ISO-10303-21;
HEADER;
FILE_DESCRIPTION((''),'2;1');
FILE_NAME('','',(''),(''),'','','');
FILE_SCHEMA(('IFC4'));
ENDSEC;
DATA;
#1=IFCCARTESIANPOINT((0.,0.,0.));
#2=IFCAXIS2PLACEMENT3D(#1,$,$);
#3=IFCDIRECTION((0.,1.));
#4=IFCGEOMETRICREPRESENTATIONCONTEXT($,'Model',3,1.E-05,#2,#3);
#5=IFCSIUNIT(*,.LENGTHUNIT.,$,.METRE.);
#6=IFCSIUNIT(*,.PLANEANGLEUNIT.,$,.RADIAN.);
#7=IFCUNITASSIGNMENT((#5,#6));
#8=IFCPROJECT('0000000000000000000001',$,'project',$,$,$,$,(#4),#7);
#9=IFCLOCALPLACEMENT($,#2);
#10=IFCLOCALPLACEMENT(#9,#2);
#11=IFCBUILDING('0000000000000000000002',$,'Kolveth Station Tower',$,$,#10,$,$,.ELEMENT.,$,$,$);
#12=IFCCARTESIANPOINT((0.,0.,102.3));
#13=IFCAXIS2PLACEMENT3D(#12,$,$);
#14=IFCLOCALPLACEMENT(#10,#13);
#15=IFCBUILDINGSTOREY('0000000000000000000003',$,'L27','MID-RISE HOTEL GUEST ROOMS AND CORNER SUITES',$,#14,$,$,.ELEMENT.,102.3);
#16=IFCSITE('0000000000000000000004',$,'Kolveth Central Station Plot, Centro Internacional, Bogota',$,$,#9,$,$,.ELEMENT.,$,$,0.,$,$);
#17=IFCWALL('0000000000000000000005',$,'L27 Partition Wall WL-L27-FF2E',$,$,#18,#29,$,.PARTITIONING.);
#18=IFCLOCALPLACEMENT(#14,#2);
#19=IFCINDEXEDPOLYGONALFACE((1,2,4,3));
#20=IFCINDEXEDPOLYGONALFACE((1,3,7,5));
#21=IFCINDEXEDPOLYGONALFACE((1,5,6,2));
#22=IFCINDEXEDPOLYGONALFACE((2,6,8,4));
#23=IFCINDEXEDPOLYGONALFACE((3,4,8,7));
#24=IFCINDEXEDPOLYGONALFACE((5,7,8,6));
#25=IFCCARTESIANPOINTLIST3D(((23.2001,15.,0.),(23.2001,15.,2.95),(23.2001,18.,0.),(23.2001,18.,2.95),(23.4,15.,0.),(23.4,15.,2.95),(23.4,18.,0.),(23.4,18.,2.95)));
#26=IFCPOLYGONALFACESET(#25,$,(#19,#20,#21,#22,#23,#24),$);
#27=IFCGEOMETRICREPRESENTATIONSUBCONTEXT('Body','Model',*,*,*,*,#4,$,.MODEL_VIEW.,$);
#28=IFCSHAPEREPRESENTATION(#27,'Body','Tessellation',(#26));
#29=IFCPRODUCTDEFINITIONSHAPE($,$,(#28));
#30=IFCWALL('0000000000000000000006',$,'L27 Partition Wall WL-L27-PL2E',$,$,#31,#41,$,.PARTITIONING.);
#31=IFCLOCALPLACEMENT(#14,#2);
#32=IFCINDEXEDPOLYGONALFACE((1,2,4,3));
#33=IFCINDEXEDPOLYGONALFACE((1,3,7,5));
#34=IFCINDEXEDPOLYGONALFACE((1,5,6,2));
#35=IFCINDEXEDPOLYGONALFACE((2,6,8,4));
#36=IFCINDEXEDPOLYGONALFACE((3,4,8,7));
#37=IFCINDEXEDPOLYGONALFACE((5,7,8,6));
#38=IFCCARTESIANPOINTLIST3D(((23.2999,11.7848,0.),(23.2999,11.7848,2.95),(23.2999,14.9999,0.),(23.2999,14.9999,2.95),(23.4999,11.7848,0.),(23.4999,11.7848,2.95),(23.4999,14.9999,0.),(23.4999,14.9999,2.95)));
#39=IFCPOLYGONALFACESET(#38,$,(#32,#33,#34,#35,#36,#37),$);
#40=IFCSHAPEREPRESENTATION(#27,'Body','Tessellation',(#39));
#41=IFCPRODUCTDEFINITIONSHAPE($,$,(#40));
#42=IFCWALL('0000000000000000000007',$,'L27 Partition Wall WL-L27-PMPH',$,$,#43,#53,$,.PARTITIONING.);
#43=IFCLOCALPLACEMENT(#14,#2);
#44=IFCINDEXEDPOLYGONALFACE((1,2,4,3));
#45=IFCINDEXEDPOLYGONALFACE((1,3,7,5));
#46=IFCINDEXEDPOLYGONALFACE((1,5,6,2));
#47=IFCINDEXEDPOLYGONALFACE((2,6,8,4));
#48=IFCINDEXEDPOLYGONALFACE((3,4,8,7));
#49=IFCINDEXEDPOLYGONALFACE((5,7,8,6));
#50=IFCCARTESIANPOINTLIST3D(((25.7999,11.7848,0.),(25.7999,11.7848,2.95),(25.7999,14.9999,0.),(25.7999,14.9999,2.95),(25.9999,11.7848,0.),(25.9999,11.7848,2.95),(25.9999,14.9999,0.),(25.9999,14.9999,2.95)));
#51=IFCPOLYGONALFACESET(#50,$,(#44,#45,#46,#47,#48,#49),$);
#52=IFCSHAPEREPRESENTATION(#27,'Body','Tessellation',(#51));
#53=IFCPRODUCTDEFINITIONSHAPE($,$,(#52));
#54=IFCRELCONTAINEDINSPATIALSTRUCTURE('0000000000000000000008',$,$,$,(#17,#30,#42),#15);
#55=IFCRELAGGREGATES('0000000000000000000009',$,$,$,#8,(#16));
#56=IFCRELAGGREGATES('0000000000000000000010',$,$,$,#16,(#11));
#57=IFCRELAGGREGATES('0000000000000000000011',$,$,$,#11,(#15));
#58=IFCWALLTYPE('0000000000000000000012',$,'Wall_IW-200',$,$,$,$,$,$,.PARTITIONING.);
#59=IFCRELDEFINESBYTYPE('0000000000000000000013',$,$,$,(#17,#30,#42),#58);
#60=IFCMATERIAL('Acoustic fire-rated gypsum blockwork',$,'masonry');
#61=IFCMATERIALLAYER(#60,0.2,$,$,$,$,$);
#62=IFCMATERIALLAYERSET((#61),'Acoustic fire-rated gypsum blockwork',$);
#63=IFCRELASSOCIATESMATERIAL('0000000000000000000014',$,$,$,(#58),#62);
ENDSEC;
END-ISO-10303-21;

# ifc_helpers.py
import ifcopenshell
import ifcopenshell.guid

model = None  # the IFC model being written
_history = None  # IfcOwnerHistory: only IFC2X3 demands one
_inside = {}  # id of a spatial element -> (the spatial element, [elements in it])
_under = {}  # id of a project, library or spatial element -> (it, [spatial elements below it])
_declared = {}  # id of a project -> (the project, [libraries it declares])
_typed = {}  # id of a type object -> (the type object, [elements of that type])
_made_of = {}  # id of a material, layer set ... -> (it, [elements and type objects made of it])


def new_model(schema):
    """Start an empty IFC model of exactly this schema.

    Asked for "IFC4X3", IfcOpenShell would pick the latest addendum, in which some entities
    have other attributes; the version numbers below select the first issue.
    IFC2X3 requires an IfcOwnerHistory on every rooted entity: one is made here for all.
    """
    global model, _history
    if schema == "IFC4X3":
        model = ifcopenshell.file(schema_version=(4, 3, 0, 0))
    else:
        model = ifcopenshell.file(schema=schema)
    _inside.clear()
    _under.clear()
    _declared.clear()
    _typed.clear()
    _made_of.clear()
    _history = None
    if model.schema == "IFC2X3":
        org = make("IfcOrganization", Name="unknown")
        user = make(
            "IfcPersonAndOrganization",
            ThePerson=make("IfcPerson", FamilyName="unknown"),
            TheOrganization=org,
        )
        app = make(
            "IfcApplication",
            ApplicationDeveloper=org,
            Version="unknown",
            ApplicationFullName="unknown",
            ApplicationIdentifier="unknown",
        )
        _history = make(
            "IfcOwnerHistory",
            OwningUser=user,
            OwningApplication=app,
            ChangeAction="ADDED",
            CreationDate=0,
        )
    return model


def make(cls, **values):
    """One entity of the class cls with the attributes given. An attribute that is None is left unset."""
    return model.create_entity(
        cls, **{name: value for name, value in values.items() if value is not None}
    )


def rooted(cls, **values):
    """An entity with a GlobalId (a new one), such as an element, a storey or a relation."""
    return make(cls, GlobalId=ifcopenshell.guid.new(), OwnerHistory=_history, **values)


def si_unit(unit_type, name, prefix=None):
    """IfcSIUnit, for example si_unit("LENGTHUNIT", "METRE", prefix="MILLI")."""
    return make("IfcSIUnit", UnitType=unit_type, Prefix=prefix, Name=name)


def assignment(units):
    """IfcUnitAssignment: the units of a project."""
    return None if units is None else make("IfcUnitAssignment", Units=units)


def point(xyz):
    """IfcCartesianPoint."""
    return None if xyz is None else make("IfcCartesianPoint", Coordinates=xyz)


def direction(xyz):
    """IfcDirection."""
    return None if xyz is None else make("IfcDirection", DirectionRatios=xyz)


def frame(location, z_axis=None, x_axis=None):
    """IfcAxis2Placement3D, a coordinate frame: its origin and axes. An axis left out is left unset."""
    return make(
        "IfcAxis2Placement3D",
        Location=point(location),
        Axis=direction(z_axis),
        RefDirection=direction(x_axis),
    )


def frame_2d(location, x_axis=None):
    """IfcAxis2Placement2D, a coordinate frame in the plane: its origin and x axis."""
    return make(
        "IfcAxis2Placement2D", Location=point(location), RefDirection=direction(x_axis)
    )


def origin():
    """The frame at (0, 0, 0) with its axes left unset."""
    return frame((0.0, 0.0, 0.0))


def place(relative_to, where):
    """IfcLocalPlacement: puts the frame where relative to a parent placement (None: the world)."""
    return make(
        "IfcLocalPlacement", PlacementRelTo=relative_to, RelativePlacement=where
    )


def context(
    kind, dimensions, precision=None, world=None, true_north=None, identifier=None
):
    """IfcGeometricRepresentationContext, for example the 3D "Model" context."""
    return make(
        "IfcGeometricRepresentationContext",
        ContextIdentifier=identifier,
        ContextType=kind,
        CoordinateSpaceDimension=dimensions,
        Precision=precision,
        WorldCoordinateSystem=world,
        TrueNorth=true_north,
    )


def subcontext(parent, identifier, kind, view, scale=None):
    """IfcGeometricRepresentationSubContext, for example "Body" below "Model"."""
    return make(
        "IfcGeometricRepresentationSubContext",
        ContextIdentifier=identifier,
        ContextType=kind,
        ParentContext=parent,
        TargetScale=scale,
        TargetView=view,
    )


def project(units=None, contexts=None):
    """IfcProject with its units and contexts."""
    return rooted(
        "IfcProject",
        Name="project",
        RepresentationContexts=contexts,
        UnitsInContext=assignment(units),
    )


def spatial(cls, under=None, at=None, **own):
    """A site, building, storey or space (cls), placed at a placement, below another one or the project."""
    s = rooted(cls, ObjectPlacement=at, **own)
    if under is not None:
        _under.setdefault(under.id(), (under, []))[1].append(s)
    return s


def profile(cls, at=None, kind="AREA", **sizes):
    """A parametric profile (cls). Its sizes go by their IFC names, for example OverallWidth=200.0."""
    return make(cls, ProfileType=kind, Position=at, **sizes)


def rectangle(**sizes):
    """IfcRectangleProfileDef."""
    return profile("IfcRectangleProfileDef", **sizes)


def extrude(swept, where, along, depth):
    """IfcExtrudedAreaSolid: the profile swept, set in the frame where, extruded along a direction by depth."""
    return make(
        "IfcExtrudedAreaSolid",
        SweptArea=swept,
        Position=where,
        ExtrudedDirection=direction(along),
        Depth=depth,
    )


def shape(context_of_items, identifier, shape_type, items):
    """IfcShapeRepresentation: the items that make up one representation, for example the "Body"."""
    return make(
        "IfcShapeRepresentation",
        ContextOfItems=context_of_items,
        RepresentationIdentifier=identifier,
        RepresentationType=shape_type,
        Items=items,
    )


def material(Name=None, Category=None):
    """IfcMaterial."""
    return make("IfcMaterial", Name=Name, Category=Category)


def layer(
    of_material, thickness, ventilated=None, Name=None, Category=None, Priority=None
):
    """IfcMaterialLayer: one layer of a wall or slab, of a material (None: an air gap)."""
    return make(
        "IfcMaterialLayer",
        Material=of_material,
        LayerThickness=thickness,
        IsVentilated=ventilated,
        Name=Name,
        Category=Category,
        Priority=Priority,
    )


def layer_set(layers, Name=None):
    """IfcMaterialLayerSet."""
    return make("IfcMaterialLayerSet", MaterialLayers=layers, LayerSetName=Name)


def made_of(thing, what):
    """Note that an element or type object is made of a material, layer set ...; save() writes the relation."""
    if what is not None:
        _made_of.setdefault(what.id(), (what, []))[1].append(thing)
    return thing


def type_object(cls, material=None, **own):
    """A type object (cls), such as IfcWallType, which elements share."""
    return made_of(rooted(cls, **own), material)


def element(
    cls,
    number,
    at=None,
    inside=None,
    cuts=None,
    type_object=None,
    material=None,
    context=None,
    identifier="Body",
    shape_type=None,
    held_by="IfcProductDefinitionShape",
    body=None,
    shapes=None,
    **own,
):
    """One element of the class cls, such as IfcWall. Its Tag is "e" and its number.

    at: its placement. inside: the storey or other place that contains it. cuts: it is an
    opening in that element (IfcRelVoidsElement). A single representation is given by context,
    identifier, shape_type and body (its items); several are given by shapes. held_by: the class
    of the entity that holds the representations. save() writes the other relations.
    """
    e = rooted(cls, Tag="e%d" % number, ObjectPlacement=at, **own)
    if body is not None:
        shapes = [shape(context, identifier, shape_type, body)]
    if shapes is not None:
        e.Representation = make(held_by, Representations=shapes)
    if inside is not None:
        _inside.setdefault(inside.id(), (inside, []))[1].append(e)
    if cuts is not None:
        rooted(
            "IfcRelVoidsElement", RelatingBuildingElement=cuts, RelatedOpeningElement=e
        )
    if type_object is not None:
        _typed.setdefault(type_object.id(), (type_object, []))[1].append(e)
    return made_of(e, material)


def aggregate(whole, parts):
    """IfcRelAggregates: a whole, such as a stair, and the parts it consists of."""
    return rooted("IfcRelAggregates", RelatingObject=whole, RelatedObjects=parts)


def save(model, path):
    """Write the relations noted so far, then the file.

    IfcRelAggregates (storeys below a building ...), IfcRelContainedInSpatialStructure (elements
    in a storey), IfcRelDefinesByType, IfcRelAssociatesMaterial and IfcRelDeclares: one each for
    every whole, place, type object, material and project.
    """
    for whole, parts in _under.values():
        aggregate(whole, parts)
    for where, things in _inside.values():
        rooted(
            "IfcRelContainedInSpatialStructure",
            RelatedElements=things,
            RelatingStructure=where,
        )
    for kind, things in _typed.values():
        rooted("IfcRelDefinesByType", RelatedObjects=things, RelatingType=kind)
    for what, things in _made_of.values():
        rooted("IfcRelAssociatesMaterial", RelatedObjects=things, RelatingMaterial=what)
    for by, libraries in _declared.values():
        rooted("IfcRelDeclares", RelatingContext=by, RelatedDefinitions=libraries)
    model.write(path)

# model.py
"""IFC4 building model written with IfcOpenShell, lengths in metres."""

from ifc_helpers import new_model, si_unit, direction, frame, frame_2d, origin, place, context, subcontext, project, spatial, rectangle, extrude, material, layer, layer_set, type_object, element, save


model = new_model("IFC4")

# Units and contexts
model_context = context("Model", 3, precision=1e-05, world=origin(), true_north=direction((0.0, 1.0)))
body_context = subcontext(model_context, "Body", "Model", "MODEL_VIEW")
ifc_project = project(units=[si_unit("LENGTHUNIT", "METRE"), si_unit("PLANEANGLEUNIT", "RADIAN")], contexts=[model_context])

# Site, building, storey
site_placement = place(None, origin())
site = spatial("IfcSite", under=ifc_project, at=site_placement, Name="Kolveth Central Station Plot, Centro Internacional, Bogota", CompositionType="ELEMENT", RefElevation=0.0)
building_placement = place(site_placement, origin())
building = spatial("IfcBuilding", under=site, at=building_placement, Name="Kolveth Station Tower", CompositionType="ELEMENT")
storey_placement = place(building_placement, frame((0.0, 0.0, 102.3)))
storey = spatial("IfcBuildingStorey", under=building, at=storey_placement, Name="L27", Description="MID-RISE HOTEL GUEST ROOMS AND CORNER SUITES", CompositionType="ELEMENT", Elevation=102.3)

# Walls
ifc_material_1 = material(Name="Acoustic fire-rated gypsum blockwork", Category="masonry")
ifc_layer_1 = layer(ifc_material_1, 0.2)
ifc_layer_set_1 = layer_set([ifc_layer_1], Name="Acoustic fire-rated gypsum blockwork")
wall_type_1 = type_object("IfcWallType", Name="Wall_IW-200", PredefinedType="PARTITIONING", material=ifc_layer_set_1)
wall_1_placement = place(storey_placement, frame((23.3, 15.0, 0.0), z_axis=(0.0, 0.0, 1.0), x_axis=(0.0, 1.0, 0.0)))
element("IfcWall", 1, at=wall_1_placement, inside=storey, type_object=wall_type_1, Name="L27 Partition Wall WL-L27-FF2E", PredefinedType="PARTITIONING", context=body_context, shape_type="SweptSolid", body=[
    extrude(rectangle(XDim=3.0, YDim=0.2, at=frame_2d((1.5, 0.0))), origin(), (0.0, 0.0, 1.0), 2.95),
])
for number, where, z_axis, x_axis, name in (
    (2, (23.3999, 11.7849, 0.0), (0.0, 0.0, 1.0), (0.0, 1.0, 0.0), "L27 Partition Wall WL-L27-PL2E"),
    (3, (25.8999, 11.7849, 0.0), (0.0, 0.0, 1.0), (0.0, 1.0, 0.0), "L27 Partition Wall WL-L27-PMPH"),
):
    element("IfcWall", number, at=place(storey_placement, frame(where, z_axis=z_axis, x_axis=x_axis)), inside=storey, type_object=wall_type_1, Name=name, PredefinedType="PARTITIONING", context=body_context, shape_type="SweptSolid", body=[
        extrude(rectangle(XDim=3.2151, YDim=0.2, at=frame_2d((1.6074, 0.0))), origin(), (0.0, 0.0, 1.0), 2.95),
    ])

save(model, "model.ifc")
